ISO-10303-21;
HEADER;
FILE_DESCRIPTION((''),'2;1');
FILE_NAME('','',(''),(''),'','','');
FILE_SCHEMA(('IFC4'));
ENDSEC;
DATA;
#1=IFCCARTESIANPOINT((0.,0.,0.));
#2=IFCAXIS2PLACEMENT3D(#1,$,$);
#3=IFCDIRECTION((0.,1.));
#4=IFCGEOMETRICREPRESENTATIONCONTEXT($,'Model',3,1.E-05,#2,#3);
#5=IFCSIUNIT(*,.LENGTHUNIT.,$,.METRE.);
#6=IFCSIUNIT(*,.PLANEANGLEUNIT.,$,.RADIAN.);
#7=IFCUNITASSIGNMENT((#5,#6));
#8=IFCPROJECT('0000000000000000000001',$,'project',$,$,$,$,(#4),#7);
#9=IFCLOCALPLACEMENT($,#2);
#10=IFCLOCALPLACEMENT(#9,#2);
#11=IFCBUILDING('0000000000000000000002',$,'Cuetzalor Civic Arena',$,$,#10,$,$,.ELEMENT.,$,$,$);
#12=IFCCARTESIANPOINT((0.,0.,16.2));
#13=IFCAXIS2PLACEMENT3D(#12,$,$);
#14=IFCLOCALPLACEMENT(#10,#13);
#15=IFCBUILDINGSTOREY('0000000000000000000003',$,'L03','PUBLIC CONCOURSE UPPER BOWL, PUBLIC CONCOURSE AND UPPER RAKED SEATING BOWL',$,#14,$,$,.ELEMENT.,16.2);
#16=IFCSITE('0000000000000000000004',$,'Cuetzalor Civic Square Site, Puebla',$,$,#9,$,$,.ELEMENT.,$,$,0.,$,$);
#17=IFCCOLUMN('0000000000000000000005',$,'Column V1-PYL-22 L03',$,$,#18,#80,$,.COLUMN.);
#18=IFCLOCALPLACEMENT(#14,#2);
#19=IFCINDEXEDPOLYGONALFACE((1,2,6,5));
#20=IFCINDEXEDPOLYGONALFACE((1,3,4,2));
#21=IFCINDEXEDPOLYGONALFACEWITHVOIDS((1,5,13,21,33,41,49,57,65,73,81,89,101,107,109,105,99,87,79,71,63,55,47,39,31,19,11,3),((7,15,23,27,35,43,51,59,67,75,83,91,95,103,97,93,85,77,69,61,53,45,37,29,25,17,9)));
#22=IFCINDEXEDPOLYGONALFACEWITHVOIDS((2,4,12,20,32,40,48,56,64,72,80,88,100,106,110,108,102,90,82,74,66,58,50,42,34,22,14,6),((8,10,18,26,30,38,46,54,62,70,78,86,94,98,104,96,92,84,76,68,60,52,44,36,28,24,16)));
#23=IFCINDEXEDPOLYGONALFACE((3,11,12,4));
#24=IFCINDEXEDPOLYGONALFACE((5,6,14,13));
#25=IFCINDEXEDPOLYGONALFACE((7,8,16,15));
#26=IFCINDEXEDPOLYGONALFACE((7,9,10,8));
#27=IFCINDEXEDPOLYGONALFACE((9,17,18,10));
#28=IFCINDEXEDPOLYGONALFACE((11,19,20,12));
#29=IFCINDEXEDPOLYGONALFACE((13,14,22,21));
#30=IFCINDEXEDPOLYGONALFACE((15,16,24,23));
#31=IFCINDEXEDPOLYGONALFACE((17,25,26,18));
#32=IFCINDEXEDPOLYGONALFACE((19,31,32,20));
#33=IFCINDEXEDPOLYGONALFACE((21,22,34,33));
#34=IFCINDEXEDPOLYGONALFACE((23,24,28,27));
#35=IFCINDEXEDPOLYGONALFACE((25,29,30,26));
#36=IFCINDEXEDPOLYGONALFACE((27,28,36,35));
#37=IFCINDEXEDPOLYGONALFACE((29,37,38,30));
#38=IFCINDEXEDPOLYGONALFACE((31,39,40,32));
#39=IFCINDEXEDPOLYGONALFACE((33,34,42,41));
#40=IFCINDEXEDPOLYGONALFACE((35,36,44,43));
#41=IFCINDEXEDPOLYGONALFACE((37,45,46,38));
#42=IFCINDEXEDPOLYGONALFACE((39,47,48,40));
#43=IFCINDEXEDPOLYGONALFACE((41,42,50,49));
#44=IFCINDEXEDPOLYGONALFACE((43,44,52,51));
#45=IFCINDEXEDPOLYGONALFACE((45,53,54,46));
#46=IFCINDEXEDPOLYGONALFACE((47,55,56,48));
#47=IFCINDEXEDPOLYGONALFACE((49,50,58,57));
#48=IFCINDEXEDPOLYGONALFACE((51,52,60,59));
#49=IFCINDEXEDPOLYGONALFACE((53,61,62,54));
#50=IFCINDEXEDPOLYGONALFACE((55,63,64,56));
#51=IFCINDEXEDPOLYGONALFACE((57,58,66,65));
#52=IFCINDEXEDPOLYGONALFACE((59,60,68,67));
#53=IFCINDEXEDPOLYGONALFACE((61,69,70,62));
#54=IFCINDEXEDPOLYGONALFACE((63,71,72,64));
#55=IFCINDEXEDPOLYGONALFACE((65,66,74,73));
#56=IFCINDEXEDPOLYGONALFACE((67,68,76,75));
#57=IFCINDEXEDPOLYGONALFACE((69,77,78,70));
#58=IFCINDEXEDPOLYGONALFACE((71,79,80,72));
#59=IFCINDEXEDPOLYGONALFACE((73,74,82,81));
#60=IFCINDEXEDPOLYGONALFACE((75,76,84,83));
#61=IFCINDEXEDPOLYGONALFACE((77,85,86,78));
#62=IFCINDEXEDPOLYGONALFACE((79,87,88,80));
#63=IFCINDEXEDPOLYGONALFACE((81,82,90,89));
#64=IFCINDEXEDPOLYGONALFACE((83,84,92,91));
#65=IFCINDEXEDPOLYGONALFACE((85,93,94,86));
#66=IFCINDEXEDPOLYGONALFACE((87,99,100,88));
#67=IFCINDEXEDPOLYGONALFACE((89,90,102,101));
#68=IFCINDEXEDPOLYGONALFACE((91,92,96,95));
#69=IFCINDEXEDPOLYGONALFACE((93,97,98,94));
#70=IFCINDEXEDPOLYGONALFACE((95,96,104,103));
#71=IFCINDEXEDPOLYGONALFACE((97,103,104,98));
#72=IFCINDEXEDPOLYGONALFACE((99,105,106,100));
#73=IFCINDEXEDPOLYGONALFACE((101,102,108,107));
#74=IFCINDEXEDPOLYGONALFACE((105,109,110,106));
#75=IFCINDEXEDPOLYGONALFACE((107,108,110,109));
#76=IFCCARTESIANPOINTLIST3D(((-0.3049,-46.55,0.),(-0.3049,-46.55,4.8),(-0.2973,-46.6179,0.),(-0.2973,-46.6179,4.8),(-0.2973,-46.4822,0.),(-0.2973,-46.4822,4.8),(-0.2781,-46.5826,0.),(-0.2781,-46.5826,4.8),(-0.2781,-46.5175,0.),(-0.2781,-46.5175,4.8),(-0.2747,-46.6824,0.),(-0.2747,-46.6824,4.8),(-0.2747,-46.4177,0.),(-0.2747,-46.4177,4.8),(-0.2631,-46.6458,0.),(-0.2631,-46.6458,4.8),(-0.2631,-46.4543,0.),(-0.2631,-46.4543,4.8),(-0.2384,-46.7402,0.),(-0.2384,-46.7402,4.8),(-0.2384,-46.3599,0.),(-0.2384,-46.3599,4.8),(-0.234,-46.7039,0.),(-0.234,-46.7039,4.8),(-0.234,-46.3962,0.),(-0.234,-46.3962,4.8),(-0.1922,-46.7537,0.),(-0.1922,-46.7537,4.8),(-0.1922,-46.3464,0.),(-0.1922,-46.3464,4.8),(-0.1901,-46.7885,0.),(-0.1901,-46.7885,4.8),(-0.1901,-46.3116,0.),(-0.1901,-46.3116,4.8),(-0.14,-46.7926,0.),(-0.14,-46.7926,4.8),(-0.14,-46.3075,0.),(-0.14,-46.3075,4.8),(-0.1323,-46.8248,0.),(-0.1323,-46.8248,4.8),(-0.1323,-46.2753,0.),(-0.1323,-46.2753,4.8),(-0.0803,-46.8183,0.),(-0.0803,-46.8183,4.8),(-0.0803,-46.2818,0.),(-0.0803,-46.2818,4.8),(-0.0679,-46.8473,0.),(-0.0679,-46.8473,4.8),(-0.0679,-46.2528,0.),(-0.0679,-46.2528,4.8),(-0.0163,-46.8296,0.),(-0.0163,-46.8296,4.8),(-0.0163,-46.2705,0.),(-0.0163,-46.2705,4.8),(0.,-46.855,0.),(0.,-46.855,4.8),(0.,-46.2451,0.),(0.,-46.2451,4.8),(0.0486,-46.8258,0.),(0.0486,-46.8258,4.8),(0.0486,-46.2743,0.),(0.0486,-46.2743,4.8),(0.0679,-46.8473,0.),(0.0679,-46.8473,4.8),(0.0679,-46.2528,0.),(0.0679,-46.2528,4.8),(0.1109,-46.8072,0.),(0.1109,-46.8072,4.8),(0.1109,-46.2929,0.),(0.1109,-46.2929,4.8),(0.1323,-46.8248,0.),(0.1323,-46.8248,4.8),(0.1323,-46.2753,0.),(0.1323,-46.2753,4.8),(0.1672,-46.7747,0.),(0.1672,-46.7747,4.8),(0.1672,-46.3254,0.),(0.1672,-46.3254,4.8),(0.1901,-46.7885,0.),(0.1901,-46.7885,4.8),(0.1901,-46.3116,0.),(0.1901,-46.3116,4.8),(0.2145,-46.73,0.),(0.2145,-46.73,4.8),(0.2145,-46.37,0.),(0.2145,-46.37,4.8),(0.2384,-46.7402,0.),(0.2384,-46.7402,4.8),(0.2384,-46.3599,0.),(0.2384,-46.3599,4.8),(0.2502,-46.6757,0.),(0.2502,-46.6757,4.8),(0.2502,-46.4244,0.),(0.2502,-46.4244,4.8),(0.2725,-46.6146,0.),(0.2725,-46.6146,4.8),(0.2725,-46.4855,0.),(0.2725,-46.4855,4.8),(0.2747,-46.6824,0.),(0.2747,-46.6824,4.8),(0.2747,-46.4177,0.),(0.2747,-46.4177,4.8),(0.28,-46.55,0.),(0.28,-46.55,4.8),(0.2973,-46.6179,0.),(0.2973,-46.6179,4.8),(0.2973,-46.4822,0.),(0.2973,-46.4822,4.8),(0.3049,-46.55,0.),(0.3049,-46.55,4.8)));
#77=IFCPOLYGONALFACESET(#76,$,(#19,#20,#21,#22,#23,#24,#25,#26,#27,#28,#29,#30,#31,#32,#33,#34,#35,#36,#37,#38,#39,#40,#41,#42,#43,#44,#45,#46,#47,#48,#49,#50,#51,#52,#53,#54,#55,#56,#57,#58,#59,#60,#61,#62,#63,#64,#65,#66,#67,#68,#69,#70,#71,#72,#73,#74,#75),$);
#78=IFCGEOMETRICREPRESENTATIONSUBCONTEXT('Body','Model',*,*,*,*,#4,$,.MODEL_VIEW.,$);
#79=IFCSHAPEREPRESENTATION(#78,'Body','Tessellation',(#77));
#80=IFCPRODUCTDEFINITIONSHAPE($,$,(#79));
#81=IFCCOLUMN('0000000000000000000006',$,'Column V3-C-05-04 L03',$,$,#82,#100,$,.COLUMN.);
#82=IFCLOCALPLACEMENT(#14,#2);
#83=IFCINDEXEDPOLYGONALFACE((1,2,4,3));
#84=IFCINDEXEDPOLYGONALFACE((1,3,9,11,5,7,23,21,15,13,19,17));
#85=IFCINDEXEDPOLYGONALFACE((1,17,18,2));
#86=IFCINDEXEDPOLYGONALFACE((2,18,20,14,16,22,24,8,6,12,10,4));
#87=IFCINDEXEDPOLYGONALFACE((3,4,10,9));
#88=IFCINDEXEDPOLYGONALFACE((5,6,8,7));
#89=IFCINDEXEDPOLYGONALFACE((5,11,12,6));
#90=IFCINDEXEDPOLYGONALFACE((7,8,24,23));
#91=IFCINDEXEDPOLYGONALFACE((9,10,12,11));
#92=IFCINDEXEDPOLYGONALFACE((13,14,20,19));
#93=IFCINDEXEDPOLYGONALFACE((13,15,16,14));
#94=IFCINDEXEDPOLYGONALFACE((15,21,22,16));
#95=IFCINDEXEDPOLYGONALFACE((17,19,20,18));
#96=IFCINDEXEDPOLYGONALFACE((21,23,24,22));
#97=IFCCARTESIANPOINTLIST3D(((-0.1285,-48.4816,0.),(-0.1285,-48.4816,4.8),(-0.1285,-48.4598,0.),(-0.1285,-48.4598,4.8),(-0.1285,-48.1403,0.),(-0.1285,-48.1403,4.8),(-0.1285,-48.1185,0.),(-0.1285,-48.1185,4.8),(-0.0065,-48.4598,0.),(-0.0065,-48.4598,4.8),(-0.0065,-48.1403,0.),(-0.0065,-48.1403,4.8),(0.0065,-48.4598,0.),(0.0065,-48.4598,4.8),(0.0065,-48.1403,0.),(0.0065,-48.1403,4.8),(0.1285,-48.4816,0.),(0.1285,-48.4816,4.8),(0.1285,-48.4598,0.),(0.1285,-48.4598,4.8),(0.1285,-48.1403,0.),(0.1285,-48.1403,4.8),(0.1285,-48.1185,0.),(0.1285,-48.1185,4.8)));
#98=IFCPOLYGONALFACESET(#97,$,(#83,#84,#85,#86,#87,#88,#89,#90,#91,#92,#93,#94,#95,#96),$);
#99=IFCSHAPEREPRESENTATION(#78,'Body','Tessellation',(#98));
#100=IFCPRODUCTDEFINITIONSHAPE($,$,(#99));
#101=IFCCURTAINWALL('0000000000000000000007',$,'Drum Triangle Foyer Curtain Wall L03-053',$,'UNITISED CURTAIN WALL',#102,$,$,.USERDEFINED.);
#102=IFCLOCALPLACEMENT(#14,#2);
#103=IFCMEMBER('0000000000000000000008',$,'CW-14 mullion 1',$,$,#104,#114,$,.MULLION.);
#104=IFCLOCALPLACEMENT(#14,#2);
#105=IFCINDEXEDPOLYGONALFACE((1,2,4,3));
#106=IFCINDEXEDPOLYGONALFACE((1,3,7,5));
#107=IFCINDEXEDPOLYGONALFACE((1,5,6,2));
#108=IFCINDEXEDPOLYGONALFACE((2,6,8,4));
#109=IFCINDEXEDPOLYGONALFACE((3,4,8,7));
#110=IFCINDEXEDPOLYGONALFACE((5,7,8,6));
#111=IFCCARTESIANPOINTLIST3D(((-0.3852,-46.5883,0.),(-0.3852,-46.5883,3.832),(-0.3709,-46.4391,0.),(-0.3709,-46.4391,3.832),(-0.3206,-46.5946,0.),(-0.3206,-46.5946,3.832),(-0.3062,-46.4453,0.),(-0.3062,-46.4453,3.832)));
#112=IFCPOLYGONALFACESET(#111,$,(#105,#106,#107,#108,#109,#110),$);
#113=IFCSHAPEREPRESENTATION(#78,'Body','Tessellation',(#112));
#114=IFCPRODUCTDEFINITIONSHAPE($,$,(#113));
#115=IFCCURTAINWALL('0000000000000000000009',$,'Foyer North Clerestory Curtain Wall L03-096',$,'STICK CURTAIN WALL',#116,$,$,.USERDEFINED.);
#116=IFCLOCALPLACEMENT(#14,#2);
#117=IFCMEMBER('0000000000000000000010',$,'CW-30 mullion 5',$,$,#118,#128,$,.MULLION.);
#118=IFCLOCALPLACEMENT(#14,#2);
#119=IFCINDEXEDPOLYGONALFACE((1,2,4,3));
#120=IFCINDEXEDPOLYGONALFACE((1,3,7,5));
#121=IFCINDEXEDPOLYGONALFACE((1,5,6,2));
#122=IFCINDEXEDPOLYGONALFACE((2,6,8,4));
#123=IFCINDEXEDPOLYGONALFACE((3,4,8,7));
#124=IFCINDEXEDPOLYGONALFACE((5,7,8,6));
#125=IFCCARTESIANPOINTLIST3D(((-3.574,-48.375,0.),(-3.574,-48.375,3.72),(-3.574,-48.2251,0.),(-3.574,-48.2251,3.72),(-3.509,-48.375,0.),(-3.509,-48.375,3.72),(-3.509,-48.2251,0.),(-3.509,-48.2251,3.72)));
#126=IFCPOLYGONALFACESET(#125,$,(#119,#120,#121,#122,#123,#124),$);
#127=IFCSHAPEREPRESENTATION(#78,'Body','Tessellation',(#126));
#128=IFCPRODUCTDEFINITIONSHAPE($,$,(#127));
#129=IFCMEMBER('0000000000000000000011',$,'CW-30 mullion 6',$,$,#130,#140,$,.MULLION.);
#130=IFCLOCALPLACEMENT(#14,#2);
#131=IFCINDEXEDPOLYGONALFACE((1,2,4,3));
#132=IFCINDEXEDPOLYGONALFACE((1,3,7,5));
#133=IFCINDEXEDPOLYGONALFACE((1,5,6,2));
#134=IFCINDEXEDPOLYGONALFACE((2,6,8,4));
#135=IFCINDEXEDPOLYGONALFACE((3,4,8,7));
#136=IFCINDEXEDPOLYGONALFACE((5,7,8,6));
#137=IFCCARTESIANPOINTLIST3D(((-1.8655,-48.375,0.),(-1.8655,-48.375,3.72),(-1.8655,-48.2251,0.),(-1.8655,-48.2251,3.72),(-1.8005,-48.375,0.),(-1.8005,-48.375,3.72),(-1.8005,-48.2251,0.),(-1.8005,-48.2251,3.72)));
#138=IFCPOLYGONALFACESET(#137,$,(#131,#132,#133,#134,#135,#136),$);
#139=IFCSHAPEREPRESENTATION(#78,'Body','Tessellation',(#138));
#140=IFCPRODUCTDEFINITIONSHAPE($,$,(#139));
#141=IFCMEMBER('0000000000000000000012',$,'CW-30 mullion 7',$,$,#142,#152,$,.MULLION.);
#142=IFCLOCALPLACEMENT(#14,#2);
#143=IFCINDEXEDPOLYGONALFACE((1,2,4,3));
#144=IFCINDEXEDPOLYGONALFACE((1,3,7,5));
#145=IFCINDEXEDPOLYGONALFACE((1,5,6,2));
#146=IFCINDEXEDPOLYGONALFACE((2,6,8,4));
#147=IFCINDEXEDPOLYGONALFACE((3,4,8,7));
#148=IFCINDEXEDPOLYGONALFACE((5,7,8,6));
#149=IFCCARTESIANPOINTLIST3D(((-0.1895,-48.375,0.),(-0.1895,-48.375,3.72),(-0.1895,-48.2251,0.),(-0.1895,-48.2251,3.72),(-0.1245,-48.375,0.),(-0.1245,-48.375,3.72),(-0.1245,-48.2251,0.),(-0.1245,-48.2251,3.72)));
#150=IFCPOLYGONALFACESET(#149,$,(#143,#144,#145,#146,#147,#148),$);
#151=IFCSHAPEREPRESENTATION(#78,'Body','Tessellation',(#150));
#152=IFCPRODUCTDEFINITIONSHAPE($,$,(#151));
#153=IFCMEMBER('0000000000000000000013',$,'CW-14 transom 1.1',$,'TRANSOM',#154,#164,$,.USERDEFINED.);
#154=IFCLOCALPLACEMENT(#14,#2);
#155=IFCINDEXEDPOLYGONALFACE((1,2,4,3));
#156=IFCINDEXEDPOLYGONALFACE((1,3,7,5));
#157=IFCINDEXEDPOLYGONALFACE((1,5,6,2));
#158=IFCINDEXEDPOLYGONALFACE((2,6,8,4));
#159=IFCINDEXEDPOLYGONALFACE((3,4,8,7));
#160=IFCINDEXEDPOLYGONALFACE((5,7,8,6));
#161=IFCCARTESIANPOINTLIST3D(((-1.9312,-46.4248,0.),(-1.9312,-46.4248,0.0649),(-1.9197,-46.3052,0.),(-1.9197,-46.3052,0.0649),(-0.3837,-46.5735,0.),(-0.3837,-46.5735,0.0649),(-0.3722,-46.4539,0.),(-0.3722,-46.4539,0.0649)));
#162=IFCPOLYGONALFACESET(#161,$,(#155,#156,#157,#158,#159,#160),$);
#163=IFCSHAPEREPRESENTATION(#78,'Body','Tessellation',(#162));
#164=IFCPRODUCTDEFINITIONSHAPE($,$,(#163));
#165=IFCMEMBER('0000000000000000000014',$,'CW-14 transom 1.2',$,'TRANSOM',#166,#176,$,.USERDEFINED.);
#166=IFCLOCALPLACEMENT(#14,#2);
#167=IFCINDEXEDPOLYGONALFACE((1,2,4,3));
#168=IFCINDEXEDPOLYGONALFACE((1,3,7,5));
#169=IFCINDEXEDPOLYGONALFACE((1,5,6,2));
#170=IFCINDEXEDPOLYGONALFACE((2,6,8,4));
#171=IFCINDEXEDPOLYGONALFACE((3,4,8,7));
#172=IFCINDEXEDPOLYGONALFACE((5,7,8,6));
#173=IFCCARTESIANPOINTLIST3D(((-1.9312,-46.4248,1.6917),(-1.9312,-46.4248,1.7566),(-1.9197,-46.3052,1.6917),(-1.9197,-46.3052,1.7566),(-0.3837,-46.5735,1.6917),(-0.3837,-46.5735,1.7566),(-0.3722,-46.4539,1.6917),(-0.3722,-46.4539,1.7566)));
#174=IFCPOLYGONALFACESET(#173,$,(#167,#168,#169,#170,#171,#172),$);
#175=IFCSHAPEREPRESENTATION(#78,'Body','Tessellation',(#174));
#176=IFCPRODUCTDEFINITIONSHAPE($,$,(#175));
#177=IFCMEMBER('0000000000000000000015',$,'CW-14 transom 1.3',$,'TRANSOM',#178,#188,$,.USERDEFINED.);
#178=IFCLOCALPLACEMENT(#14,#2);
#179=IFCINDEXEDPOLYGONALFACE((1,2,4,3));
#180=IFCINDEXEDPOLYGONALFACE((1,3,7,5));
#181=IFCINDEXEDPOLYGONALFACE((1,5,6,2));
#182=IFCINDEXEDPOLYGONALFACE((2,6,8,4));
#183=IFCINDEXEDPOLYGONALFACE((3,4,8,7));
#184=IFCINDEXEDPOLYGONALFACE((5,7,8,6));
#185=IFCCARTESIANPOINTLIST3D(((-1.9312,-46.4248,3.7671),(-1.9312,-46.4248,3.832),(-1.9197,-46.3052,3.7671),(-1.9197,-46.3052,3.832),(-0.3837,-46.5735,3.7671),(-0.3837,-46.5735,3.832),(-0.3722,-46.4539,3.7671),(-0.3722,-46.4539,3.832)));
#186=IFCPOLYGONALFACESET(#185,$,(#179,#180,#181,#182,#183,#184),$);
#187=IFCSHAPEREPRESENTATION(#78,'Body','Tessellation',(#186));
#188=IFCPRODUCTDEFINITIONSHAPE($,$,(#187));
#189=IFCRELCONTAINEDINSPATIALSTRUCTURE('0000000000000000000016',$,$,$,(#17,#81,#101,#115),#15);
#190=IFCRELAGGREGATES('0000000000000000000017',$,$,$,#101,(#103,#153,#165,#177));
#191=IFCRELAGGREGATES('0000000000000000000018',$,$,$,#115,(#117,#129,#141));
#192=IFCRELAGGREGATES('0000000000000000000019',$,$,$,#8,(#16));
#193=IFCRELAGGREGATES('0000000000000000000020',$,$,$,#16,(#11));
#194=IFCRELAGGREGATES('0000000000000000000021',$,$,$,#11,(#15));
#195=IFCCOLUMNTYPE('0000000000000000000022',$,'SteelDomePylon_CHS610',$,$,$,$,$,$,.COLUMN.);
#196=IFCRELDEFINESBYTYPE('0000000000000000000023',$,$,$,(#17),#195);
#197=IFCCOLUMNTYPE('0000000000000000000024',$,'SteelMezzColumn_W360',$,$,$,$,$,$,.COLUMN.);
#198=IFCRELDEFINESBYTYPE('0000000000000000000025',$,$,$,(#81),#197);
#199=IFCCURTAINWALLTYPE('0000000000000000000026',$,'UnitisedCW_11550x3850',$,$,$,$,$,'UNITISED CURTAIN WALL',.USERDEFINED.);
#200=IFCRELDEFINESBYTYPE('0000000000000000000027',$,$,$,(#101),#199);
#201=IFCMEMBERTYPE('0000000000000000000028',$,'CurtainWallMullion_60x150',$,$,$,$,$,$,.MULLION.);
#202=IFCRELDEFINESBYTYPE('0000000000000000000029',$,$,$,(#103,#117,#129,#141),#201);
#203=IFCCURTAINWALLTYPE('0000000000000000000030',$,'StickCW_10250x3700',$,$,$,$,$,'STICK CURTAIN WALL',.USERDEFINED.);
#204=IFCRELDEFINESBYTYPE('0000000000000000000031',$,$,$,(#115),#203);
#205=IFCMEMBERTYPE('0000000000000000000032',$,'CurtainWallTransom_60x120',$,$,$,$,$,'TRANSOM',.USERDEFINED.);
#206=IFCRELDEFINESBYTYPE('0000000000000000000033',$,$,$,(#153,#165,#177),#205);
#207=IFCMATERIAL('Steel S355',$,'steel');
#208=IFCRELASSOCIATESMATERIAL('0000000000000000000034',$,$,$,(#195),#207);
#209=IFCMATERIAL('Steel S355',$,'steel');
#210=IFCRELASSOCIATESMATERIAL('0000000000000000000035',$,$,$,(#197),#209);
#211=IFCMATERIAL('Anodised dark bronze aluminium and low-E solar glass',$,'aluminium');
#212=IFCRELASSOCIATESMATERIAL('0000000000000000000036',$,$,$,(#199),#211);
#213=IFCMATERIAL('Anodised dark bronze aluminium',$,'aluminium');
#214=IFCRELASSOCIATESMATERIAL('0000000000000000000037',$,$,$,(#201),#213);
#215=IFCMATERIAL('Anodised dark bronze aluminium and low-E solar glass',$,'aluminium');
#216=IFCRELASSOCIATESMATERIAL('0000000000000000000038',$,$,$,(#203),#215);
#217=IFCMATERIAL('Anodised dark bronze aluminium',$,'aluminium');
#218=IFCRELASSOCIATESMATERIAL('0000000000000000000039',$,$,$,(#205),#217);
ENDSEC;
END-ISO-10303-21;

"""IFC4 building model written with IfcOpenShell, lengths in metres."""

from ifc_helpers import new_model, si_unit, direction, frame, origin, origin_2d, place, context, subcontext, project, spatial, rectangle, hollow_circle, i_section, extrude, material, material_profile, profile_set, type_object, element, aggregate, save


model = new_model("IFC4")

# Units and contexts
model_context = context("Model", 3, precision=1e-05, world=origin(), true_north=direction((0.0, 1.0)))
body_context = subcontext(model_context, "Body", "Model", "MODEL_VIEW")
ifc_project = project(units=[si_unit("LENGTHUNIT", "METRE"), si_unit("PLANEANGLEUNIT", "RADIAN")], contexts=[model_context])

# Site, building, storey
site_placement = place(None, origin())
site = spatial("IfcSite", under=ifc_project, at=site_placement, Name="Cuetzalor Civic Square Site, Puebla", CompositionType="ELEMENT", RefElevation=0.0)
building_placement = place(site_placement, origin())
building = spatial("IfcBuilding", under=site, at=building_placement, Name="Cuetzalor Civic Arena", CompositionType="ELEMENT")
storey_placement = place(building_placement, frame((0.0, 0.0, 16.2)))
storey = spatial("IfcBuildingStorey", under=building, at=storey_placement, Name="L03", Description="PUBLIC CONCOURSE UPPER BOWL, PUBLIC CONCOURSE AND UPPER RAKED SEATING BOWL", CompositionType="ELEMENT", Elevation=16.2)

# Columns
ifc_material_1 = material(Name="Steel S355", Category="steel")
ifc_material_profile_1 = material_profile(ifc_material_1, hollow_circle(Radius=0.3049, WallThickness=0.0249, at=origin_2d()), Name="CHS 610x25")
ifc_profile_set_1 = profile_set([ifc_material_profile_1], Name="Steel S355")
column_type_1 = type_object("IfcColumnType", Name="SteelDomePylon_CHS610", PredefinedType="COLUMN", material=ifc_profile_set_1)
column_1_placement = place(storey_placement, frame((0.0, -46.55, 0.0), z_axis=(0.0, 0.0, 1.0), x_axis=(1.0, 0.0, 0.0)))
element("IfcColumn", 1, at=column_1_placement, inside=storey, type_object=column_type_1, Name="Column V1-PYL-22 L03", PredefinedType="COLUMN", context=body_context, shape_type="SweptSolid", body=[
    extrude(hollow_circle(Radius=0.3049, WallThickness=0.0249, at=origin_2d()), origin(), (0.0, 0.0, 1.0), 4.8),
])
ifc_material_2 = material(Name="Steel S355", Category="steel")
ifc_material_profile_2 = material_profile(ifc_material_2, i_section(OverallWidth=0.2571, OverallDepth=0.363, WebThickness=0.0129, FlangeThickness=0.0217, at=origin_2d()), Name="W360x122")
ifc_profile_set_2 = profile_set([ifc_material_profile_2], Name="Steel S355")
column_type_2 = type_object("IfcColumnType", Name="SteelMezzColumn_W360", PredefinedType="COLUMN", material=ifc_profile_set_2)
column_2_placement = place(storey_placement, frame((0.0, -48.3, 0.0), z_axis=(0.0, 0.0, 1.0), x_axis=(1.0, 0.0, 0.0)))
element("IfcColumn", 2, at=column_2_placement, inside=storey, type_object=column_type_2, Name="Column V3-C-05-04 L03", PredefinedType="COLUMN", context=body_context, shape_type="SweptSolid", body=[
    extrude(i_section(OverallWidth=0.2571, OverallDepth=0.363, WebThickness=0.0129, FlangeThickness=0.0217, at=origin_2d()), origin(), (0.0, 0.0, 1.0), 4.8),
])

# Curtain wall, member
ifc_material_3 = material(Name="Anodised dark bronze aluminium and low-E solar glass", Category="aluminium")
curtain_wall_type_1 = type_object("IfcCurtainWallType", Name="UnitisedCW_11550x3850", ElementType="UNITISED CURTAIN WALL", PredefinedType="USERDEFINED", material=ifc_material_3)
curtain_wall_1_placement = place(storey_placement, origin())
curtain_wall_1 = element("IfcCurtainWall", 3, at=curtain_wall_1_placement, inside=storey, type_object=curtain_wall_type_1, Name="Drum Triangle Foyer Curtain Wall L03-053", ObjectType="UNITISED CURTAIN WALL", PredefinedType="USERDEFINED")
ifc_material_4 = material(Name="Anodised dark bronze aluminium", Category="aluminium")
ifc_material_profile_3 = material_profile(ifc_material_4, rectangle(XDim=0.0649, YDim=0.1499, at=origin_2d()), Name="ALU MULLION 65x150")
ifc_profile_set_3 = profile_set([ifc_material_profile_3], Name="Anodised dark bronze aluminium")
member_type_1 = type_object("IfcMemberType", Name="CurtainWallMullion_60x150", PredefinedType="MULLION", material=ifc_profile_set_3)
member_1_placement = place(storey_placement, frame((-0.3457, -46.5168, 0.0), z_axis=(0.0, 0.0, 1.0), x_axis=(-0.995409, 0.095711, 0.0)))
member_1 = element("IfcMember", 4, at=member_1_placement, type_object=member_type_1, Name="CW-14 mullion 1", PredefinedType="MULLION", context=body_context, shape_type="SweptSolid", body=[
    extrude(rectangle(XDim=0.0649, YDim=0.1499, at=origin_2d()), origin(), (0.0, 0.0, 1.0), 3.832),
])

# Curtain wall, members
ifc_material_5 = material(Name="Anodised dark bronze aluminium and low-E solar glass", Category="aluminium")
curtain_wall_type_2 = type_object("IfcCurtainWallType", Name="StickCW_10250x3700", ElementType="STICK CURTAIN WALL", PredefinedType="USERDEFINED", material=ifc_material_5)
curtain_wall_2_placement = place(storey_placement, origin())
curtain_wall_2 = element("IfcCurtainWall", 5, at=curtain_wall_2_placement, inside=storey, type_object=curtain_wall_type_2, Name="Foyer North Clerestory Curtain Wall L03-096", ObjectType="STICK CURTAIN WALL", PredefinedType="USERDEFINED")
member_2_placement = place(storey_placement, frame((-3.5415, -48.3, 0.0), z_axis=(0.0, 0.0, 1.0), x_axis=(1.0, 0.0, 0.0)))
member_2 = element("IfcMember", 6, at=member_2_placement, type_object=member_type_1, Name="CW-30 mullion 5", PredefinedType="MULLION", context=body_context, shape_type="SweptSolid", body=[
    extrude(rectangle(XDim=0.0649, YDim=0.1499, at=origin_2d()), origin(), (0.0, 0.0, 1.0), 3.72),
])
member_3_placement = place(storey_placement, frame((-1.833, -48.3, 0.0), z_axis=(0.0, 0.0, 1.0), x_axis=(1.0, 0.0, 0.0)))
member_3 = element("IfcMember", 7, at=member_3_placement, type_object=member_type_1, Name="CW-30 mullion 6", PredefinedType="MULLION", context=body_context, shape_type="SweptSolid", body=[
    extrude(rectangle(XDim=0.0649, YDim=0.1499, at=origin_2d()), origin(), (0.0, 0.0, 1.0), 3.72),
])
member_4_placement = place(storey_placement, frame((-0.157, -48.3, 0.0), z_axis=(0.0, 0.0, 1.0), x_axis=(1.0, 0.0, 0.0)))
member_4 = element("IfcMember", 8, at=member_4_placement, type_object=member_type_1, Name="CW-30 mullion 7", PredefinedType="MULLION", context=body_context, shape_type="SweptSolid", body=[
    extrude(rectangle(XDim=0.0649, YDim=0.1499, at=origin_2d()), origin(), (0.0, 0.0, 1.0), 3.72),
])

# Members
ifc_material_6 = material(Name="Anodised dark bronze aluminium", Category="aluminium")
ifc_material_profile_4 = material_profile(ifc_material_6, rectangle(XDim=0.1201, YDim=0.0649, at=origin_2d()), Name="ALU TRANSOM 65x120")
ifc_profile_set_4 = profile_set([ifc_material_profile_4], Name="Anodised dark bronze aluminium")
member_type_2 = type_object("IfcMemberType", Name="CurtainWallTransom_60x120", ElementType="TRANSOM", PredefinedType="USERDEFINED", material=ifc_profile_set_4)
member_5_placement = place(storey_placement, frame((-0.3779, -46.5137, 0.0325), z_axis=(-0.995417, 0.095632, 0.0), x_axis=(-0.095632, -0.995417, 0.0)))
member_5 = element("IfcMember", 9, at=member_5_placement, type_object=member_type_2, Name="CW-14 transom 1.1", ObjectType="TRANSOM", PredefinedType="USERDEFINED", context=body_context, shape_type="SweptSolid", body=[
    extrude(rectangle(XDim=0.1201, YDim=0.0649, at=origin_2d()), origin(), (0.0, 0.0, 1.0), 1.5547),
])
member_6_placement = place(storey_placement, frame((-0.3779, -46.5137, 1.7241), z_axis=(-0.995417, 0.095632, 0.0), x_axis=(-0.095632, -0.995417, 0.0)))
member_6 = element("IfcMember", 10, at=member_6_placement, type_object=member_type_2, Name="CW-14 transom 1.2", ObjectType="TRANSOM", PredefinedType="USERDEFINED", context=body_context, shape_type="SweptSolid", body=[
    extrude(rectangle(XDim=0.1201, YDim=0.0649, at=origin_2d()), origin(), (0.0, 0.0, 1.0), 1.5547),
])
member_7_placement = place(storey_placement, frame((-0.3779, -46.5137, 3.7996), z_axis=(-0.995417, 0.095632, 0.0), x_axis=(-0.095632, -0.995417, 0.0)))
member_7 = element("IfcMember", 11, at=member_7_placement, type_object=member_type_2, Name="CW-14 transom 1.3", ObjectType="TRANSOM", PredefinedType="USERDEFINED", context=body_context, shape_type="SweptSolid", body=[
    extrude(rectangle(XDim=0.1201, YDim=0.0649, at=origin_2d()), origin(), (0.0, 0.0, 1.0), 1.5547),
])
aggregate(curtain_wall_1, [member_1, member_5, member_6, member_7])

aggregate(curtain_wall_2, [member_2, member_3, member_4])

save(model, "model.ifc")
